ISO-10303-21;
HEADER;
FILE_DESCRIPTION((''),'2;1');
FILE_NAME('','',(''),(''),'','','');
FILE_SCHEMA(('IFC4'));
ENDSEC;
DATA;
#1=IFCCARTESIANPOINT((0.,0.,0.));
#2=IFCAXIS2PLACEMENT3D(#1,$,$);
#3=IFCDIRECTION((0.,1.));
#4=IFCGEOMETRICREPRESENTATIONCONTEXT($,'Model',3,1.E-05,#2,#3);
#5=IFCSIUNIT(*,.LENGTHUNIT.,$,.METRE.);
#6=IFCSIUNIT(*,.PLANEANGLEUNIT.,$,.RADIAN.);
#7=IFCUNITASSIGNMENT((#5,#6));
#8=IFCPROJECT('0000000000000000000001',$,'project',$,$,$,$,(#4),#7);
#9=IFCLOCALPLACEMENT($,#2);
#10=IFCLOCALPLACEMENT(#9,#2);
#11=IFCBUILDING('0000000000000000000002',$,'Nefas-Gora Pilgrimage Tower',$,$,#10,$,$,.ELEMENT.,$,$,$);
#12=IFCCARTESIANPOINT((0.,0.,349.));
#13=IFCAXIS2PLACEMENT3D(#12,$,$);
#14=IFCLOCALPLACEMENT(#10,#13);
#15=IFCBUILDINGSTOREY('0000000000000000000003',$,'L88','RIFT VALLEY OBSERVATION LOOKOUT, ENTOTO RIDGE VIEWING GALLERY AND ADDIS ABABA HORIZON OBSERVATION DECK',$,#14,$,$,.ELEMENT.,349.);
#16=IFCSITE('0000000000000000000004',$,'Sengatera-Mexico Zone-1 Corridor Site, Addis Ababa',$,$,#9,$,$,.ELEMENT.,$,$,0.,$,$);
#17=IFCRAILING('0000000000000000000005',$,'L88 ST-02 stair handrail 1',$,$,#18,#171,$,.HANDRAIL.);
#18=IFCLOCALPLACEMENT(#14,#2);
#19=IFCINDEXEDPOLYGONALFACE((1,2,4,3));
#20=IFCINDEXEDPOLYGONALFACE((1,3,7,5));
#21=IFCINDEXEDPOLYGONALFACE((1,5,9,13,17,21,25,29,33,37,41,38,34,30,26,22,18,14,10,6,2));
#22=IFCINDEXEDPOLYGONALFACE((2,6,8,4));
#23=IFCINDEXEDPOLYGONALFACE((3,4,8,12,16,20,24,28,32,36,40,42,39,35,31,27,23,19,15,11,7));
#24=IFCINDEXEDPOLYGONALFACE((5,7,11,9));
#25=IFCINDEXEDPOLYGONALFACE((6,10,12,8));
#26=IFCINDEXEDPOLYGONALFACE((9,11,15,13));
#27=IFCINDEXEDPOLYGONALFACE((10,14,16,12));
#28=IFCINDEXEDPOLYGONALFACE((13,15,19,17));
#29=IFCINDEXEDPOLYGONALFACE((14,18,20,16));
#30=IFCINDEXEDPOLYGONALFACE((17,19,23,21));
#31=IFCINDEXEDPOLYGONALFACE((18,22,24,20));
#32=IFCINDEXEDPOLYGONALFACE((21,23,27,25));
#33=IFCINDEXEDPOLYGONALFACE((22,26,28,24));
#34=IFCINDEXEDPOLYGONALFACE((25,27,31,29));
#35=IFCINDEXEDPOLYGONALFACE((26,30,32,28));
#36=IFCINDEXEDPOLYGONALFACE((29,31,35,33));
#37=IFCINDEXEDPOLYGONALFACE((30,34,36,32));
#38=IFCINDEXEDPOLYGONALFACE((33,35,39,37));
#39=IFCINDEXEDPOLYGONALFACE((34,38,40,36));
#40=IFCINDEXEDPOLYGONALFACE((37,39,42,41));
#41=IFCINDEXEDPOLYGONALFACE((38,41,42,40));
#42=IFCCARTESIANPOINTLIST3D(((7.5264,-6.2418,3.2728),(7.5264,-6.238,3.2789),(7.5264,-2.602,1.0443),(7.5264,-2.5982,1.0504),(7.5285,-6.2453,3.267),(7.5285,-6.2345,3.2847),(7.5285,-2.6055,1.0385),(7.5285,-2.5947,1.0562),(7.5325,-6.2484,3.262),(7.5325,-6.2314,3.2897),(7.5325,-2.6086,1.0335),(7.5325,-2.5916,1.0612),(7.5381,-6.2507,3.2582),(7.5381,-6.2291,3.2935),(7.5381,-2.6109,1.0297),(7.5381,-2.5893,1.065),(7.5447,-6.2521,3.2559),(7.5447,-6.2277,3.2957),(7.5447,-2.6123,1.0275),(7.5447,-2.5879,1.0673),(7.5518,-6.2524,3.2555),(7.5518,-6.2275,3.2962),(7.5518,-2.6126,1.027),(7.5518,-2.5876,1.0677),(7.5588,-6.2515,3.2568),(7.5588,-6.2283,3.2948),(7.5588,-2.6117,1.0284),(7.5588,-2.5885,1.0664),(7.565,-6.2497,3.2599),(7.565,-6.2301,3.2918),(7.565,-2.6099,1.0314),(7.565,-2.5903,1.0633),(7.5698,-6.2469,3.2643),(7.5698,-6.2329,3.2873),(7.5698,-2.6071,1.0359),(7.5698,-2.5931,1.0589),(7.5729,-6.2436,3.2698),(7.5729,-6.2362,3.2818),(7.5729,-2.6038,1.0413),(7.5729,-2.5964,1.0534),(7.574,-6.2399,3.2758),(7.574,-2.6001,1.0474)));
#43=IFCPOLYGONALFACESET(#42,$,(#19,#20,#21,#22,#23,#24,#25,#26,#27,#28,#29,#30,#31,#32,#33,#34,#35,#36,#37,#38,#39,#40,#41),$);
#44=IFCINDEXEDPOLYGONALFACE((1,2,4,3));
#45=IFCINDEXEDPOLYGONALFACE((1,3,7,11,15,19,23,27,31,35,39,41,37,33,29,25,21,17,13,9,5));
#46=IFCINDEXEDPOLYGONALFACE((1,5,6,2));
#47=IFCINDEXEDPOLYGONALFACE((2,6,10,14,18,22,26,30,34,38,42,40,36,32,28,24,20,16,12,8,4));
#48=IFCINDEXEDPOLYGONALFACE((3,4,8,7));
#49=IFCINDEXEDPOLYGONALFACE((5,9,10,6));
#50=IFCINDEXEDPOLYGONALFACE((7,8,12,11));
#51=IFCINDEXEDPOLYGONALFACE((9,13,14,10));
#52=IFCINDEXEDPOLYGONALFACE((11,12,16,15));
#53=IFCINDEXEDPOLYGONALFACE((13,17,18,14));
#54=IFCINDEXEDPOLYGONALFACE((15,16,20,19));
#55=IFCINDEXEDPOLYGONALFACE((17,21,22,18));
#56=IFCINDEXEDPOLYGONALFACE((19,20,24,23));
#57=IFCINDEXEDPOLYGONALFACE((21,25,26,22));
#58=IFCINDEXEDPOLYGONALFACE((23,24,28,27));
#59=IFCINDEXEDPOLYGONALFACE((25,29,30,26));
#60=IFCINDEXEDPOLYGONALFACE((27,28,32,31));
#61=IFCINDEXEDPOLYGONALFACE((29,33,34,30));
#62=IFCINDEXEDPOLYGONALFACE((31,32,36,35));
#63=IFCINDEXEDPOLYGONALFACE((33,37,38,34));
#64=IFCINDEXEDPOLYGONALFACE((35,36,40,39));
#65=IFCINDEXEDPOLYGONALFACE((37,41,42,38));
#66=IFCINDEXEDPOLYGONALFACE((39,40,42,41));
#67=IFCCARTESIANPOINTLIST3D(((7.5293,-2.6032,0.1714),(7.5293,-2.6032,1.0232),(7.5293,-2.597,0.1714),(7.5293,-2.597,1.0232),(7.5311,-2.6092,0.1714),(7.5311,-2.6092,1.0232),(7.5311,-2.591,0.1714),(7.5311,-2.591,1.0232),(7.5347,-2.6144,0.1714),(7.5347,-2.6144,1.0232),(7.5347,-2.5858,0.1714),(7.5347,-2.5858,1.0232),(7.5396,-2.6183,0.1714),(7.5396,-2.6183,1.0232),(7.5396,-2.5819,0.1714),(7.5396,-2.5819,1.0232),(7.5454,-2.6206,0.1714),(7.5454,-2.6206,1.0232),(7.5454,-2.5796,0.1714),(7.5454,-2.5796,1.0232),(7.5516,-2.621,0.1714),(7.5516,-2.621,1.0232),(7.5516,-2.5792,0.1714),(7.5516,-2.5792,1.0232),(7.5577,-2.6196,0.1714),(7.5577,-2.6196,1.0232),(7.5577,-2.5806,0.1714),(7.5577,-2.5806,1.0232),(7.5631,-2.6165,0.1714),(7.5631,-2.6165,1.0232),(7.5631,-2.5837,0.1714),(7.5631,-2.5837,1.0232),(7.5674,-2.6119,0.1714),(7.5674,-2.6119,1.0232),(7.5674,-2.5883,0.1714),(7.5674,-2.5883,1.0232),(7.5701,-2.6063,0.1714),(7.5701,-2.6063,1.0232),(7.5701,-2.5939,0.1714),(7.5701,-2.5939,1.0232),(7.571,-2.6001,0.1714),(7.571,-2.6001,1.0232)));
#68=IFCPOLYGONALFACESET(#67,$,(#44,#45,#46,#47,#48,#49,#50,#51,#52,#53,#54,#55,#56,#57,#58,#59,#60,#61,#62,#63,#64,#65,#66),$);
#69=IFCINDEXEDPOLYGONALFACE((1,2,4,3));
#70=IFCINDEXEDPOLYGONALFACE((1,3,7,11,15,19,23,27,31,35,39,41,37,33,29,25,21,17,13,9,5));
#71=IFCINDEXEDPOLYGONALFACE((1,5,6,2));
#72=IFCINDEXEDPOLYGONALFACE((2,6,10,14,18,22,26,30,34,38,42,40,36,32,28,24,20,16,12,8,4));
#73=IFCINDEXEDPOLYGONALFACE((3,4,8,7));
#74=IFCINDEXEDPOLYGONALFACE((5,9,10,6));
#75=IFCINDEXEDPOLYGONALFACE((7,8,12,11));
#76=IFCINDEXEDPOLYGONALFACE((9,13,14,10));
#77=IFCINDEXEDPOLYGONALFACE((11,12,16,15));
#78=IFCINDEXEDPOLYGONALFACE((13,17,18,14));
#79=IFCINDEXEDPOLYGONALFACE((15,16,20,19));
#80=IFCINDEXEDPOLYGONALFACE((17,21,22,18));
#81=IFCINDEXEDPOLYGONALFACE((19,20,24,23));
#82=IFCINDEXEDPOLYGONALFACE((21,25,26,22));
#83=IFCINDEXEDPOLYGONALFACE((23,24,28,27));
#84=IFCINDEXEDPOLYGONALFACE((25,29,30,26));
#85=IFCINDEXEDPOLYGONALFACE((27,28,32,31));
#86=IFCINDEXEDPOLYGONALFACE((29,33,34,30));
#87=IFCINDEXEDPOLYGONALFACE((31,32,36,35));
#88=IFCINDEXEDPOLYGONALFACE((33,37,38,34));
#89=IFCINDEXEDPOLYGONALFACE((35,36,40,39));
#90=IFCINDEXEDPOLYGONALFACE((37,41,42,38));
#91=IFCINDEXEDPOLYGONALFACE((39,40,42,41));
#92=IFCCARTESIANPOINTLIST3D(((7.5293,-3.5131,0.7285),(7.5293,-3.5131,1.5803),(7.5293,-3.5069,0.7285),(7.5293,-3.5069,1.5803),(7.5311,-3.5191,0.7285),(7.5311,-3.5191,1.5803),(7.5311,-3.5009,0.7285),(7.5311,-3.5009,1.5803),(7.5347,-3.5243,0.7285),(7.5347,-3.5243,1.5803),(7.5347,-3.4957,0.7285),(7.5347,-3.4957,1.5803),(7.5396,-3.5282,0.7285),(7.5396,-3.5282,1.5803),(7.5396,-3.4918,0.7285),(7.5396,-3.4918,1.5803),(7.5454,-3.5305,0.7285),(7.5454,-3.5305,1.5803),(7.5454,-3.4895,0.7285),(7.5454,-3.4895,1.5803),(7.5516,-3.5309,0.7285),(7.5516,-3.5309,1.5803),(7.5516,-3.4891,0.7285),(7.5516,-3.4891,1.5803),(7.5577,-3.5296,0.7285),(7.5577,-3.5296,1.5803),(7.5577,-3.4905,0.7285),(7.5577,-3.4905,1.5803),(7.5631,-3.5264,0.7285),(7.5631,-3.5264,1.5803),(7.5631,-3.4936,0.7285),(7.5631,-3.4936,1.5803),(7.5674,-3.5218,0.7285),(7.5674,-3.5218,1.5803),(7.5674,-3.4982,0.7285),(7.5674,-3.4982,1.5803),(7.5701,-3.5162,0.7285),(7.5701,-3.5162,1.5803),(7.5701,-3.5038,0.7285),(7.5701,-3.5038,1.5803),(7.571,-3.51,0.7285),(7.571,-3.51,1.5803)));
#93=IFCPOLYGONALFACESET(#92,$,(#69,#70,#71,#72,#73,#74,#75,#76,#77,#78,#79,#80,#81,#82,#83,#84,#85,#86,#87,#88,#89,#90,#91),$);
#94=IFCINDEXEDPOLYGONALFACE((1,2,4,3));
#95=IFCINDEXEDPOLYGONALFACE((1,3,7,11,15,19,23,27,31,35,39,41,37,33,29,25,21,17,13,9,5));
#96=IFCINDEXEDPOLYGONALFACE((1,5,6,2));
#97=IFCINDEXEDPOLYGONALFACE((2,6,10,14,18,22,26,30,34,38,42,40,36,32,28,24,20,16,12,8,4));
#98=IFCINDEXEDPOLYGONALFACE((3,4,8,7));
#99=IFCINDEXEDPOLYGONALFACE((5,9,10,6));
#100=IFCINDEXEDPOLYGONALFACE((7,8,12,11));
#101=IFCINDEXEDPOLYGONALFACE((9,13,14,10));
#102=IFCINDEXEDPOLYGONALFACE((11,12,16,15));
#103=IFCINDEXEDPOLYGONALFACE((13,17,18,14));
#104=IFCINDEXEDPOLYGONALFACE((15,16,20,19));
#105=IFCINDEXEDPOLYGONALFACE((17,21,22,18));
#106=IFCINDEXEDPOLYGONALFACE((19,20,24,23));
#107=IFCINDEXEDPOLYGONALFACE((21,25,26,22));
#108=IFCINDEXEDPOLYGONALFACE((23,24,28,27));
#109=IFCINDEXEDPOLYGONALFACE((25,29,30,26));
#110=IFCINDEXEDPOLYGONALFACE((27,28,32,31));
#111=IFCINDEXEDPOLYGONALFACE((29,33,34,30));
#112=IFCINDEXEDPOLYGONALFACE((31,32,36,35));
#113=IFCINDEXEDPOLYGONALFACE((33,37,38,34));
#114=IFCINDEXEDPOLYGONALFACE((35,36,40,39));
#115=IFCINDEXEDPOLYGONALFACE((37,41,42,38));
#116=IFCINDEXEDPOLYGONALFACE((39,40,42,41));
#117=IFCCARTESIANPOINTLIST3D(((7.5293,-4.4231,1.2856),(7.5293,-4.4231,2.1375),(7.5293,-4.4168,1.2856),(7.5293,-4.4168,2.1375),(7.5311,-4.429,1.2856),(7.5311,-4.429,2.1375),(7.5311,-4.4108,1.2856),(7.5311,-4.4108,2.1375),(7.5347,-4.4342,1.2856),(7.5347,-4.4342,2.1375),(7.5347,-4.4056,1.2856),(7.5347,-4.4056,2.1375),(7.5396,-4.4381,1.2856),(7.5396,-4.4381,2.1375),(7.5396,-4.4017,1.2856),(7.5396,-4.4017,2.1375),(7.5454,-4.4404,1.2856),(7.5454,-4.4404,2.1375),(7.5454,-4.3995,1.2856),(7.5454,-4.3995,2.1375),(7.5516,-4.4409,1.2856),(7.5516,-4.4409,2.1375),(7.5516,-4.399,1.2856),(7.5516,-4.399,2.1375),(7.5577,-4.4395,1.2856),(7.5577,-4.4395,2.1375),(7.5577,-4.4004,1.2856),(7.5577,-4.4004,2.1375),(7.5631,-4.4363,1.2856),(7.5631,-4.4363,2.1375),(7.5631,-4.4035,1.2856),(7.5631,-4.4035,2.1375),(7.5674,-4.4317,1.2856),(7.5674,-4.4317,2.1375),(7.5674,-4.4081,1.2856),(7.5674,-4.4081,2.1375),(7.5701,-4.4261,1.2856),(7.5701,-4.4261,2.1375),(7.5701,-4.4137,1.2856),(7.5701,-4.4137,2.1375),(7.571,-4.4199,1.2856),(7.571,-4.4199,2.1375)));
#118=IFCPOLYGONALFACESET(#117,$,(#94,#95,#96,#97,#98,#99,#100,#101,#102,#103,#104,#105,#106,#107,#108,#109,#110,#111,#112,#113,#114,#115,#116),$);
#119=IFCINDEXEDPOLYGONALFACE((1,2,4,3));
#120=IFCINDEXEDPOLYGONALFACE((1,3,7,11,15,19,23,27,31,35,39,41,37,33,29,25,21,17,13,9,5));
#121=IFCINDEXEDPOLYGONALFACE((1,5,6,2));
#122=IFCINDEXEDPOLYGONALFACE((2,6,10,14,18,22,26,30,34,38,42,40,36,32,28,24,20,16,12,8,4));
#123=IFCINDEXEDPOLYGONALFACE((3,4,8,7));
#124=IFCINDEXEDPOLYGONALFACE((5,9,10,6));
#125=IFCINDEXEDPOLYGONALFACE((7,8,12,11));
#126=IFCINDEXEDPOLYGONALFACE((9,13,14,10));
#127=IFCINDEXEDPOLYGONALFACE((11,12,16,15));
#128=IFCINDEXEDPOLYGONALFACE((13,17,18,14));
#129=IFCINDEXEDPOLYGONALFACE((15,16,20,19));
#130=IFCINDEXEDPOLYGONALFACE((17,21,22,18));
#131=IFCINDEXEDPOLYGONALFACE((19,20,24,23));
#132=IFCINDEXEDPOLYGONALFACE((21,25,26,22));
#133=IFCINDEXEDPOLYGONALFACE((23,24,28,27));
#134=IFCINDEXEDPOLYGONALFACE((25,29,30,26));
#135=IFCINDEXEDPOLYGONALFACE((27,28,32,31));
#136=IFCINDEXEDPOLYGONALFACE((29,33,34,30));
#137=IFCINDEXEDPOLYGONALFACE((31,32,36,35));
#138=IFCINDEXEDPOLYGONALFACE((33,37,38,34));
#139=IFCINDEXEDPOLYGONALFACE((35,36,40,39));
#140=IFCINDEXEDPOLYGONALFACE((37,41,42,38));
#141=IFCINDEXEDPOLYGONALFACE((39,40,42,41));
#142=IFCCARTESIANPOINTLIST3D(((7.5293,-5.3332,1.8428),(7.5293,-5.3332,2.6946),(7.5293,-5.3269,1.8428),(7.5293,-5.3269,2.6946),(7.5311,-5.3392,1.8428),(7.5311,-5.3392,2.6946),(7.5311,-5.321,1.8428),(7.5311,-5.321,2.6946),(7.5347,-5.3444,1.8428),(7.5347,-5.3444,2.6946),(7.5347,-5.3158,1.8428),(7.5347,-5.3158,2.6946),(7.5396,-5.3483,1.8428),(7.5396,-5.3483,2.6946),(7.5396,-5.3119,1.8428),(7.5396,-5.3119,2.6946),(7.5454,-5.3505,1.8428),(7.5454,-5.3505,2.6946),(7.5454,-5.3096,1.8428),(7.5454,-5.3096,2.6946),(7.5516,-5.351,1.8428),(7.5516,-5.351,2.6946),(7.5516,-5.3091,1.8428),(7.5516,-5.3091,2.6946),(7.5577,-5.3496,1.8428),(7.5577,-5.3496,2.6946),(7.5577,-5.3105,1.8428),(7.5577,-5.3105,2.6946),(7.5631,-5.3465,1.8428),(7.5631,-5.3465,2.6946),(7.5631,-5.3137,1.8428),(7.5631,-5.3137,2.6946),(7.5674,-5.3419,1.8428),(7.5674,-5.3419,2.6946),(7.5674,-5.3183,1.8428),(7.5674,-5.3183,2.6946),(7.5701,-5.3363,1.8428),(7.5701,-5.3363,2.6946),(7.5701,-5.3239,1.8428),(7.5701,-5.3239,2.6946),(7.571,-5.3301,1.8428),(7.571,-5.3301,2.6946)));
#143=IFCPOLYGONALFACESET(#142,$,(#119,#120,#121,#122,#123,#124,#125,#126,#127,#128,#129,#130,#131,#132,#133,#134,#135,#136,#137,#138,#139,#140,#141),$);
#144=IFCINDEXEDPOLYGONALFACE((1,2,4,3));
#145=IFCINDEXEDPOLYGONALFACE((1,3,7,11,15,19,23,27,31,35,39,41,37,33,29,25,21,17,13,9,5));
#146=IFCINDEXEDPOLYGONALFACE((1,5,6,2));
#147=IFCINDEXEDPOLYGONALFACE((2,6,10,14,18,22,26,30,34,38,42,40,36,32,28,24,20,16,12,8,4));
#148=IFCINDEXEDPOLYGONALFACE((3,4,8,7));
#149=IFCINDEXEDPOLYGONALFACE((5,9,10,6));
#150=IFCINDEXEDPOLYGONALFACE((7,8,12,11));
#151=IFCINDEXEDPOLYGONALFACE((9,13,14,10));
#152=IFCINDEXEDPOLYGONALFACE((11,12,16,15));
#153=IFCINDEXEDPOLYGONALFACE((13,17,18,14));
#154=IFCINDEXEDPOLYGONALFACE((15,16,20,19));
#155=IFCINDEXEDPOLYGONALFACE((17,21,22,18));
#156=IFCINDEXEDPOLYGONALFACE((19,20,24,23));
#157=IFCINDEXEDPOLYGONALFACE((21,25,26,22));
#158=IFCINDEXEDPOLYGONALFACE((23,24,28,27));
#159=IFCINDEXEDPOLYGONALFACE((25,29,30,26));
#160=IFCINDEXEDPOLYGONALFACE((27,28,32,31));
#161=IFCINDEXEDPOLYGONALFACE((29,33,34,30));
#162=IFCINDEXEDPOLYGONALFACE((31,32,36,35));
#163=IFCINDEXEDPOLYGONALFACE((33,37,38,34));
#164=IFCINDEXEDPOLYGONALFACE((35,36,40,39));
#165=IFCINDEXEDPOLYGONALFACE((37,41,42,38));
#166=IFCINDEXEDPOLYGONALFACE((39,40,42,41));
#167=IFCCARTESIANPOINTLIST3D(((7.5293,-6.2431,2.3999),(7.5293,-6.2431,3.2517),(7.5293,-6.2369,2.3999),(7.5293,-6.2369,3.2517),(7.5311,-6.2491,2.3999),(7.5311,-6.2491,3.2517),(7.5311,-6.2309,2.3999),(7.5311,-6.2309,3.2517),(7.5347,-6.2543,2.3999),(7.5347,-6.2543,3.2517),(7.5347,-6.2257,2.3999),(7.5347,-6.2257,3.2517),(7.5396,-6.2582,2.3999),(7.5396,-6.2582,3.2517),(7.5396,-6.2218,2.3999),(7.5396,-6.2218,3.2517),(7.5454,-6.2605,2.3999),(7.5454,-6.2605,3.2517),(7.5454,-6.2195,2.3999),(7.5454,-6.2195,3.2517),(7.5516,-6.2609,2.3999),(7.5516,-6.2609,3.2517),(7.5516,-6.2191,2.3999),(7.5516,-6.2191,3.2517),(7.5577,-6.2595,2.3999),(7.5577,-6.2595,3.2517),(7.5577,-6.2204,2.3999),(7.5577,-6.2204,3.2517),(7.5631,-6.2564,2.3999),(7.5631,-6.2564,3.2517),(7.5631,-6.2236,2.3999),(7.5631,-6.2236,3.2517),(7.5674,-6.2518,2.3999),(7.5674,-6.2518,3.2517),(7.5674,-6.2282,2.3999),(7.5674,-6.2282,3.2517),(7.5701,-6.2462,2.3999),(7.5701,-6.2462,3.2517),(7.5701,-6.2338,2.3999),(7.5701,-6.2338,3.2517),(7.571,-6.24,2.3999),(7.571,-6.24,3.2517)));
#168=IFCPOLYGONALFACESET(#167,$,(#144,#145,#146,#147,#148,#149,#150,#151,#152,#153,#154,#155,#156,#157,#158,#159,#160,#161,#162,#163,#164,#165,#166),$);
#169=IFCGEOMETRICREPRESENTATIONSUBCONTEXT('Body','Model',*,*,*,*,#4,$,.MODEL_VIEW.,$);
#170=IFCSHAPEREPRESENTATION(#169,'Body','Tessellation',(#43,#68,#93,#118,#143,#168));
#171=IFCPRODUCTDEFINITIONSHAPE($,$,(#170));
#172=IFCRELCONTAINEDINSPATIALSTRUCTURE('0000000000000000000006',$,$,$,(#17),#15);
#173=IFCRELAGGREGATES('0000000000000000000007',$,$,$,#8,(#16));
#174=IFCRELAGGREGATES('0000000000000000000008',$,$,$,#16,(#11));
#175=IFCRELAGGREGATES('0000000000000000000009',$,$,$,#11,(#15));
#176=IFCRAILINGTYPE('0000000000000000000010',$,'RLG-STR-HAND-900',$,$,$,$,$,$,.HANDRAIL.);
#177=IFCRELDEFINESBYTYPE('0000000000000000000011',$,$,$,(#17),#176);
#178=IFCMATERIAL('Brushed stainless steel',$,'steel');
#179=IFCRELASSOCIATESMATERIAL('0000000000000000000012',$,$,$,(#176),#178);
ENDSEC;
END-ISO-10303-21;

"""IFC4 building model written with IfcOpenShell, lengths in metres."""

from ifc_helpers import new_model, si_unit, direction, frame, origin, origin_2d, place, context, subcontext, project, spatial, circle, extrude, material, type_object, element, save


model = new_model("IFC4")

# Units and contexts
model_context = context("Model", 3, precision=1e-05, world=origin(), true_north=direction((0.0, 1.0)))
body_context = subcontext(model_context, "Body", "Model", "MODEL_VIEW")
ifc_project = project(units=[si_unit("LENGTHUNIT", "METRE"), si_unit("PLANEANGLEUNIT", "RADIAN")], contexts=[model_context])

# Site, building, storey
site_placement = place(None, origin())
site = spatial("IfcSite", under=ifc_project, at=site_placement, Name="Sengatera-Mexico Zone-1 Corridor Site, Addis Ababa", CompositionType="ELEMENT", RefElevation=0.0)
building_placement = place(site_placement, origin())
building = spatial("IfcBuilding", under=site, at=building_placement, Name="Nefas-Gora Pilgrimage Tower", CompositionType="ELEMENT")
storey_placement = place(building_placement, frame((0.0, 0.0, 349.0)))
storey = spatial("IfcBuildingStorey", under=building, at=storey_placement, Name="L88", Description="RIFT VALLEY OBSERVATION LOOKOUT, ENTOTO RIDGE VIEWING GALLERY AND ADDIS ABABA HORIZON OBSERVATION DECK", CompositionType="ELEMENT", Elevation=349.0)

# Railing
ifc_material_1 = material(Name="Brushed stainless steel", Category="steel")
railing_type = type_object("IfcRailingType", Name="RLG-STR-HAND-900", PredefinedType="HANDRAIL", material=ifc_material_1)
railing_placement = place(storey_placement, frame((7.55, -2.6001, 0.1714)))
element("IfcRailing", 1, at=railing_placement, inside=storey, type_object=railing_type, Name="L88 ST-02 stair handrail 1", PredefinedType="HANDRAIL", context=body_context, shape_type="SweptSolid", body=[
    extrude(circle(Radius=0.0239, at=origin_2d()), frame((0.0, 0.0, 0.876), z_axis=(0.0, -0.85285, 0.522156), x_axis=(1.0, 0.0, 0.0)), (0.0, 0.0, 1.0), 4.2678),
    extrude(circle(Radius=0.021, at=origin_2d()), origin(), (0.0, 0.0, 1.0), 0.8518),
    extrude(circle(Radius=0.021, at=origin_2d()), frame((0.0, -0.9099, 0.5571)), (0.0, 0.0, 1.0), 0.8518),
    extrude(circle(Radius=0.021, at=origin_2d()), frame((0.0, -1.8198, 1.1143)), (0.0, 0.0, 1.0), 0.8518),
    extrude(circle(Radius=0.021, at=origin_2d()), frame((0.0, -2.73, 1.6714)), (0.0, 0.0, 1.0), 0.8518),
    extrude(circle(Radius=0.021, at=origin_2d()), frame((0.0, -3.6399, 2.2285)), (0.0, 0.0, 1.0), 0.8518),
])

save(model, "model.ifc")
